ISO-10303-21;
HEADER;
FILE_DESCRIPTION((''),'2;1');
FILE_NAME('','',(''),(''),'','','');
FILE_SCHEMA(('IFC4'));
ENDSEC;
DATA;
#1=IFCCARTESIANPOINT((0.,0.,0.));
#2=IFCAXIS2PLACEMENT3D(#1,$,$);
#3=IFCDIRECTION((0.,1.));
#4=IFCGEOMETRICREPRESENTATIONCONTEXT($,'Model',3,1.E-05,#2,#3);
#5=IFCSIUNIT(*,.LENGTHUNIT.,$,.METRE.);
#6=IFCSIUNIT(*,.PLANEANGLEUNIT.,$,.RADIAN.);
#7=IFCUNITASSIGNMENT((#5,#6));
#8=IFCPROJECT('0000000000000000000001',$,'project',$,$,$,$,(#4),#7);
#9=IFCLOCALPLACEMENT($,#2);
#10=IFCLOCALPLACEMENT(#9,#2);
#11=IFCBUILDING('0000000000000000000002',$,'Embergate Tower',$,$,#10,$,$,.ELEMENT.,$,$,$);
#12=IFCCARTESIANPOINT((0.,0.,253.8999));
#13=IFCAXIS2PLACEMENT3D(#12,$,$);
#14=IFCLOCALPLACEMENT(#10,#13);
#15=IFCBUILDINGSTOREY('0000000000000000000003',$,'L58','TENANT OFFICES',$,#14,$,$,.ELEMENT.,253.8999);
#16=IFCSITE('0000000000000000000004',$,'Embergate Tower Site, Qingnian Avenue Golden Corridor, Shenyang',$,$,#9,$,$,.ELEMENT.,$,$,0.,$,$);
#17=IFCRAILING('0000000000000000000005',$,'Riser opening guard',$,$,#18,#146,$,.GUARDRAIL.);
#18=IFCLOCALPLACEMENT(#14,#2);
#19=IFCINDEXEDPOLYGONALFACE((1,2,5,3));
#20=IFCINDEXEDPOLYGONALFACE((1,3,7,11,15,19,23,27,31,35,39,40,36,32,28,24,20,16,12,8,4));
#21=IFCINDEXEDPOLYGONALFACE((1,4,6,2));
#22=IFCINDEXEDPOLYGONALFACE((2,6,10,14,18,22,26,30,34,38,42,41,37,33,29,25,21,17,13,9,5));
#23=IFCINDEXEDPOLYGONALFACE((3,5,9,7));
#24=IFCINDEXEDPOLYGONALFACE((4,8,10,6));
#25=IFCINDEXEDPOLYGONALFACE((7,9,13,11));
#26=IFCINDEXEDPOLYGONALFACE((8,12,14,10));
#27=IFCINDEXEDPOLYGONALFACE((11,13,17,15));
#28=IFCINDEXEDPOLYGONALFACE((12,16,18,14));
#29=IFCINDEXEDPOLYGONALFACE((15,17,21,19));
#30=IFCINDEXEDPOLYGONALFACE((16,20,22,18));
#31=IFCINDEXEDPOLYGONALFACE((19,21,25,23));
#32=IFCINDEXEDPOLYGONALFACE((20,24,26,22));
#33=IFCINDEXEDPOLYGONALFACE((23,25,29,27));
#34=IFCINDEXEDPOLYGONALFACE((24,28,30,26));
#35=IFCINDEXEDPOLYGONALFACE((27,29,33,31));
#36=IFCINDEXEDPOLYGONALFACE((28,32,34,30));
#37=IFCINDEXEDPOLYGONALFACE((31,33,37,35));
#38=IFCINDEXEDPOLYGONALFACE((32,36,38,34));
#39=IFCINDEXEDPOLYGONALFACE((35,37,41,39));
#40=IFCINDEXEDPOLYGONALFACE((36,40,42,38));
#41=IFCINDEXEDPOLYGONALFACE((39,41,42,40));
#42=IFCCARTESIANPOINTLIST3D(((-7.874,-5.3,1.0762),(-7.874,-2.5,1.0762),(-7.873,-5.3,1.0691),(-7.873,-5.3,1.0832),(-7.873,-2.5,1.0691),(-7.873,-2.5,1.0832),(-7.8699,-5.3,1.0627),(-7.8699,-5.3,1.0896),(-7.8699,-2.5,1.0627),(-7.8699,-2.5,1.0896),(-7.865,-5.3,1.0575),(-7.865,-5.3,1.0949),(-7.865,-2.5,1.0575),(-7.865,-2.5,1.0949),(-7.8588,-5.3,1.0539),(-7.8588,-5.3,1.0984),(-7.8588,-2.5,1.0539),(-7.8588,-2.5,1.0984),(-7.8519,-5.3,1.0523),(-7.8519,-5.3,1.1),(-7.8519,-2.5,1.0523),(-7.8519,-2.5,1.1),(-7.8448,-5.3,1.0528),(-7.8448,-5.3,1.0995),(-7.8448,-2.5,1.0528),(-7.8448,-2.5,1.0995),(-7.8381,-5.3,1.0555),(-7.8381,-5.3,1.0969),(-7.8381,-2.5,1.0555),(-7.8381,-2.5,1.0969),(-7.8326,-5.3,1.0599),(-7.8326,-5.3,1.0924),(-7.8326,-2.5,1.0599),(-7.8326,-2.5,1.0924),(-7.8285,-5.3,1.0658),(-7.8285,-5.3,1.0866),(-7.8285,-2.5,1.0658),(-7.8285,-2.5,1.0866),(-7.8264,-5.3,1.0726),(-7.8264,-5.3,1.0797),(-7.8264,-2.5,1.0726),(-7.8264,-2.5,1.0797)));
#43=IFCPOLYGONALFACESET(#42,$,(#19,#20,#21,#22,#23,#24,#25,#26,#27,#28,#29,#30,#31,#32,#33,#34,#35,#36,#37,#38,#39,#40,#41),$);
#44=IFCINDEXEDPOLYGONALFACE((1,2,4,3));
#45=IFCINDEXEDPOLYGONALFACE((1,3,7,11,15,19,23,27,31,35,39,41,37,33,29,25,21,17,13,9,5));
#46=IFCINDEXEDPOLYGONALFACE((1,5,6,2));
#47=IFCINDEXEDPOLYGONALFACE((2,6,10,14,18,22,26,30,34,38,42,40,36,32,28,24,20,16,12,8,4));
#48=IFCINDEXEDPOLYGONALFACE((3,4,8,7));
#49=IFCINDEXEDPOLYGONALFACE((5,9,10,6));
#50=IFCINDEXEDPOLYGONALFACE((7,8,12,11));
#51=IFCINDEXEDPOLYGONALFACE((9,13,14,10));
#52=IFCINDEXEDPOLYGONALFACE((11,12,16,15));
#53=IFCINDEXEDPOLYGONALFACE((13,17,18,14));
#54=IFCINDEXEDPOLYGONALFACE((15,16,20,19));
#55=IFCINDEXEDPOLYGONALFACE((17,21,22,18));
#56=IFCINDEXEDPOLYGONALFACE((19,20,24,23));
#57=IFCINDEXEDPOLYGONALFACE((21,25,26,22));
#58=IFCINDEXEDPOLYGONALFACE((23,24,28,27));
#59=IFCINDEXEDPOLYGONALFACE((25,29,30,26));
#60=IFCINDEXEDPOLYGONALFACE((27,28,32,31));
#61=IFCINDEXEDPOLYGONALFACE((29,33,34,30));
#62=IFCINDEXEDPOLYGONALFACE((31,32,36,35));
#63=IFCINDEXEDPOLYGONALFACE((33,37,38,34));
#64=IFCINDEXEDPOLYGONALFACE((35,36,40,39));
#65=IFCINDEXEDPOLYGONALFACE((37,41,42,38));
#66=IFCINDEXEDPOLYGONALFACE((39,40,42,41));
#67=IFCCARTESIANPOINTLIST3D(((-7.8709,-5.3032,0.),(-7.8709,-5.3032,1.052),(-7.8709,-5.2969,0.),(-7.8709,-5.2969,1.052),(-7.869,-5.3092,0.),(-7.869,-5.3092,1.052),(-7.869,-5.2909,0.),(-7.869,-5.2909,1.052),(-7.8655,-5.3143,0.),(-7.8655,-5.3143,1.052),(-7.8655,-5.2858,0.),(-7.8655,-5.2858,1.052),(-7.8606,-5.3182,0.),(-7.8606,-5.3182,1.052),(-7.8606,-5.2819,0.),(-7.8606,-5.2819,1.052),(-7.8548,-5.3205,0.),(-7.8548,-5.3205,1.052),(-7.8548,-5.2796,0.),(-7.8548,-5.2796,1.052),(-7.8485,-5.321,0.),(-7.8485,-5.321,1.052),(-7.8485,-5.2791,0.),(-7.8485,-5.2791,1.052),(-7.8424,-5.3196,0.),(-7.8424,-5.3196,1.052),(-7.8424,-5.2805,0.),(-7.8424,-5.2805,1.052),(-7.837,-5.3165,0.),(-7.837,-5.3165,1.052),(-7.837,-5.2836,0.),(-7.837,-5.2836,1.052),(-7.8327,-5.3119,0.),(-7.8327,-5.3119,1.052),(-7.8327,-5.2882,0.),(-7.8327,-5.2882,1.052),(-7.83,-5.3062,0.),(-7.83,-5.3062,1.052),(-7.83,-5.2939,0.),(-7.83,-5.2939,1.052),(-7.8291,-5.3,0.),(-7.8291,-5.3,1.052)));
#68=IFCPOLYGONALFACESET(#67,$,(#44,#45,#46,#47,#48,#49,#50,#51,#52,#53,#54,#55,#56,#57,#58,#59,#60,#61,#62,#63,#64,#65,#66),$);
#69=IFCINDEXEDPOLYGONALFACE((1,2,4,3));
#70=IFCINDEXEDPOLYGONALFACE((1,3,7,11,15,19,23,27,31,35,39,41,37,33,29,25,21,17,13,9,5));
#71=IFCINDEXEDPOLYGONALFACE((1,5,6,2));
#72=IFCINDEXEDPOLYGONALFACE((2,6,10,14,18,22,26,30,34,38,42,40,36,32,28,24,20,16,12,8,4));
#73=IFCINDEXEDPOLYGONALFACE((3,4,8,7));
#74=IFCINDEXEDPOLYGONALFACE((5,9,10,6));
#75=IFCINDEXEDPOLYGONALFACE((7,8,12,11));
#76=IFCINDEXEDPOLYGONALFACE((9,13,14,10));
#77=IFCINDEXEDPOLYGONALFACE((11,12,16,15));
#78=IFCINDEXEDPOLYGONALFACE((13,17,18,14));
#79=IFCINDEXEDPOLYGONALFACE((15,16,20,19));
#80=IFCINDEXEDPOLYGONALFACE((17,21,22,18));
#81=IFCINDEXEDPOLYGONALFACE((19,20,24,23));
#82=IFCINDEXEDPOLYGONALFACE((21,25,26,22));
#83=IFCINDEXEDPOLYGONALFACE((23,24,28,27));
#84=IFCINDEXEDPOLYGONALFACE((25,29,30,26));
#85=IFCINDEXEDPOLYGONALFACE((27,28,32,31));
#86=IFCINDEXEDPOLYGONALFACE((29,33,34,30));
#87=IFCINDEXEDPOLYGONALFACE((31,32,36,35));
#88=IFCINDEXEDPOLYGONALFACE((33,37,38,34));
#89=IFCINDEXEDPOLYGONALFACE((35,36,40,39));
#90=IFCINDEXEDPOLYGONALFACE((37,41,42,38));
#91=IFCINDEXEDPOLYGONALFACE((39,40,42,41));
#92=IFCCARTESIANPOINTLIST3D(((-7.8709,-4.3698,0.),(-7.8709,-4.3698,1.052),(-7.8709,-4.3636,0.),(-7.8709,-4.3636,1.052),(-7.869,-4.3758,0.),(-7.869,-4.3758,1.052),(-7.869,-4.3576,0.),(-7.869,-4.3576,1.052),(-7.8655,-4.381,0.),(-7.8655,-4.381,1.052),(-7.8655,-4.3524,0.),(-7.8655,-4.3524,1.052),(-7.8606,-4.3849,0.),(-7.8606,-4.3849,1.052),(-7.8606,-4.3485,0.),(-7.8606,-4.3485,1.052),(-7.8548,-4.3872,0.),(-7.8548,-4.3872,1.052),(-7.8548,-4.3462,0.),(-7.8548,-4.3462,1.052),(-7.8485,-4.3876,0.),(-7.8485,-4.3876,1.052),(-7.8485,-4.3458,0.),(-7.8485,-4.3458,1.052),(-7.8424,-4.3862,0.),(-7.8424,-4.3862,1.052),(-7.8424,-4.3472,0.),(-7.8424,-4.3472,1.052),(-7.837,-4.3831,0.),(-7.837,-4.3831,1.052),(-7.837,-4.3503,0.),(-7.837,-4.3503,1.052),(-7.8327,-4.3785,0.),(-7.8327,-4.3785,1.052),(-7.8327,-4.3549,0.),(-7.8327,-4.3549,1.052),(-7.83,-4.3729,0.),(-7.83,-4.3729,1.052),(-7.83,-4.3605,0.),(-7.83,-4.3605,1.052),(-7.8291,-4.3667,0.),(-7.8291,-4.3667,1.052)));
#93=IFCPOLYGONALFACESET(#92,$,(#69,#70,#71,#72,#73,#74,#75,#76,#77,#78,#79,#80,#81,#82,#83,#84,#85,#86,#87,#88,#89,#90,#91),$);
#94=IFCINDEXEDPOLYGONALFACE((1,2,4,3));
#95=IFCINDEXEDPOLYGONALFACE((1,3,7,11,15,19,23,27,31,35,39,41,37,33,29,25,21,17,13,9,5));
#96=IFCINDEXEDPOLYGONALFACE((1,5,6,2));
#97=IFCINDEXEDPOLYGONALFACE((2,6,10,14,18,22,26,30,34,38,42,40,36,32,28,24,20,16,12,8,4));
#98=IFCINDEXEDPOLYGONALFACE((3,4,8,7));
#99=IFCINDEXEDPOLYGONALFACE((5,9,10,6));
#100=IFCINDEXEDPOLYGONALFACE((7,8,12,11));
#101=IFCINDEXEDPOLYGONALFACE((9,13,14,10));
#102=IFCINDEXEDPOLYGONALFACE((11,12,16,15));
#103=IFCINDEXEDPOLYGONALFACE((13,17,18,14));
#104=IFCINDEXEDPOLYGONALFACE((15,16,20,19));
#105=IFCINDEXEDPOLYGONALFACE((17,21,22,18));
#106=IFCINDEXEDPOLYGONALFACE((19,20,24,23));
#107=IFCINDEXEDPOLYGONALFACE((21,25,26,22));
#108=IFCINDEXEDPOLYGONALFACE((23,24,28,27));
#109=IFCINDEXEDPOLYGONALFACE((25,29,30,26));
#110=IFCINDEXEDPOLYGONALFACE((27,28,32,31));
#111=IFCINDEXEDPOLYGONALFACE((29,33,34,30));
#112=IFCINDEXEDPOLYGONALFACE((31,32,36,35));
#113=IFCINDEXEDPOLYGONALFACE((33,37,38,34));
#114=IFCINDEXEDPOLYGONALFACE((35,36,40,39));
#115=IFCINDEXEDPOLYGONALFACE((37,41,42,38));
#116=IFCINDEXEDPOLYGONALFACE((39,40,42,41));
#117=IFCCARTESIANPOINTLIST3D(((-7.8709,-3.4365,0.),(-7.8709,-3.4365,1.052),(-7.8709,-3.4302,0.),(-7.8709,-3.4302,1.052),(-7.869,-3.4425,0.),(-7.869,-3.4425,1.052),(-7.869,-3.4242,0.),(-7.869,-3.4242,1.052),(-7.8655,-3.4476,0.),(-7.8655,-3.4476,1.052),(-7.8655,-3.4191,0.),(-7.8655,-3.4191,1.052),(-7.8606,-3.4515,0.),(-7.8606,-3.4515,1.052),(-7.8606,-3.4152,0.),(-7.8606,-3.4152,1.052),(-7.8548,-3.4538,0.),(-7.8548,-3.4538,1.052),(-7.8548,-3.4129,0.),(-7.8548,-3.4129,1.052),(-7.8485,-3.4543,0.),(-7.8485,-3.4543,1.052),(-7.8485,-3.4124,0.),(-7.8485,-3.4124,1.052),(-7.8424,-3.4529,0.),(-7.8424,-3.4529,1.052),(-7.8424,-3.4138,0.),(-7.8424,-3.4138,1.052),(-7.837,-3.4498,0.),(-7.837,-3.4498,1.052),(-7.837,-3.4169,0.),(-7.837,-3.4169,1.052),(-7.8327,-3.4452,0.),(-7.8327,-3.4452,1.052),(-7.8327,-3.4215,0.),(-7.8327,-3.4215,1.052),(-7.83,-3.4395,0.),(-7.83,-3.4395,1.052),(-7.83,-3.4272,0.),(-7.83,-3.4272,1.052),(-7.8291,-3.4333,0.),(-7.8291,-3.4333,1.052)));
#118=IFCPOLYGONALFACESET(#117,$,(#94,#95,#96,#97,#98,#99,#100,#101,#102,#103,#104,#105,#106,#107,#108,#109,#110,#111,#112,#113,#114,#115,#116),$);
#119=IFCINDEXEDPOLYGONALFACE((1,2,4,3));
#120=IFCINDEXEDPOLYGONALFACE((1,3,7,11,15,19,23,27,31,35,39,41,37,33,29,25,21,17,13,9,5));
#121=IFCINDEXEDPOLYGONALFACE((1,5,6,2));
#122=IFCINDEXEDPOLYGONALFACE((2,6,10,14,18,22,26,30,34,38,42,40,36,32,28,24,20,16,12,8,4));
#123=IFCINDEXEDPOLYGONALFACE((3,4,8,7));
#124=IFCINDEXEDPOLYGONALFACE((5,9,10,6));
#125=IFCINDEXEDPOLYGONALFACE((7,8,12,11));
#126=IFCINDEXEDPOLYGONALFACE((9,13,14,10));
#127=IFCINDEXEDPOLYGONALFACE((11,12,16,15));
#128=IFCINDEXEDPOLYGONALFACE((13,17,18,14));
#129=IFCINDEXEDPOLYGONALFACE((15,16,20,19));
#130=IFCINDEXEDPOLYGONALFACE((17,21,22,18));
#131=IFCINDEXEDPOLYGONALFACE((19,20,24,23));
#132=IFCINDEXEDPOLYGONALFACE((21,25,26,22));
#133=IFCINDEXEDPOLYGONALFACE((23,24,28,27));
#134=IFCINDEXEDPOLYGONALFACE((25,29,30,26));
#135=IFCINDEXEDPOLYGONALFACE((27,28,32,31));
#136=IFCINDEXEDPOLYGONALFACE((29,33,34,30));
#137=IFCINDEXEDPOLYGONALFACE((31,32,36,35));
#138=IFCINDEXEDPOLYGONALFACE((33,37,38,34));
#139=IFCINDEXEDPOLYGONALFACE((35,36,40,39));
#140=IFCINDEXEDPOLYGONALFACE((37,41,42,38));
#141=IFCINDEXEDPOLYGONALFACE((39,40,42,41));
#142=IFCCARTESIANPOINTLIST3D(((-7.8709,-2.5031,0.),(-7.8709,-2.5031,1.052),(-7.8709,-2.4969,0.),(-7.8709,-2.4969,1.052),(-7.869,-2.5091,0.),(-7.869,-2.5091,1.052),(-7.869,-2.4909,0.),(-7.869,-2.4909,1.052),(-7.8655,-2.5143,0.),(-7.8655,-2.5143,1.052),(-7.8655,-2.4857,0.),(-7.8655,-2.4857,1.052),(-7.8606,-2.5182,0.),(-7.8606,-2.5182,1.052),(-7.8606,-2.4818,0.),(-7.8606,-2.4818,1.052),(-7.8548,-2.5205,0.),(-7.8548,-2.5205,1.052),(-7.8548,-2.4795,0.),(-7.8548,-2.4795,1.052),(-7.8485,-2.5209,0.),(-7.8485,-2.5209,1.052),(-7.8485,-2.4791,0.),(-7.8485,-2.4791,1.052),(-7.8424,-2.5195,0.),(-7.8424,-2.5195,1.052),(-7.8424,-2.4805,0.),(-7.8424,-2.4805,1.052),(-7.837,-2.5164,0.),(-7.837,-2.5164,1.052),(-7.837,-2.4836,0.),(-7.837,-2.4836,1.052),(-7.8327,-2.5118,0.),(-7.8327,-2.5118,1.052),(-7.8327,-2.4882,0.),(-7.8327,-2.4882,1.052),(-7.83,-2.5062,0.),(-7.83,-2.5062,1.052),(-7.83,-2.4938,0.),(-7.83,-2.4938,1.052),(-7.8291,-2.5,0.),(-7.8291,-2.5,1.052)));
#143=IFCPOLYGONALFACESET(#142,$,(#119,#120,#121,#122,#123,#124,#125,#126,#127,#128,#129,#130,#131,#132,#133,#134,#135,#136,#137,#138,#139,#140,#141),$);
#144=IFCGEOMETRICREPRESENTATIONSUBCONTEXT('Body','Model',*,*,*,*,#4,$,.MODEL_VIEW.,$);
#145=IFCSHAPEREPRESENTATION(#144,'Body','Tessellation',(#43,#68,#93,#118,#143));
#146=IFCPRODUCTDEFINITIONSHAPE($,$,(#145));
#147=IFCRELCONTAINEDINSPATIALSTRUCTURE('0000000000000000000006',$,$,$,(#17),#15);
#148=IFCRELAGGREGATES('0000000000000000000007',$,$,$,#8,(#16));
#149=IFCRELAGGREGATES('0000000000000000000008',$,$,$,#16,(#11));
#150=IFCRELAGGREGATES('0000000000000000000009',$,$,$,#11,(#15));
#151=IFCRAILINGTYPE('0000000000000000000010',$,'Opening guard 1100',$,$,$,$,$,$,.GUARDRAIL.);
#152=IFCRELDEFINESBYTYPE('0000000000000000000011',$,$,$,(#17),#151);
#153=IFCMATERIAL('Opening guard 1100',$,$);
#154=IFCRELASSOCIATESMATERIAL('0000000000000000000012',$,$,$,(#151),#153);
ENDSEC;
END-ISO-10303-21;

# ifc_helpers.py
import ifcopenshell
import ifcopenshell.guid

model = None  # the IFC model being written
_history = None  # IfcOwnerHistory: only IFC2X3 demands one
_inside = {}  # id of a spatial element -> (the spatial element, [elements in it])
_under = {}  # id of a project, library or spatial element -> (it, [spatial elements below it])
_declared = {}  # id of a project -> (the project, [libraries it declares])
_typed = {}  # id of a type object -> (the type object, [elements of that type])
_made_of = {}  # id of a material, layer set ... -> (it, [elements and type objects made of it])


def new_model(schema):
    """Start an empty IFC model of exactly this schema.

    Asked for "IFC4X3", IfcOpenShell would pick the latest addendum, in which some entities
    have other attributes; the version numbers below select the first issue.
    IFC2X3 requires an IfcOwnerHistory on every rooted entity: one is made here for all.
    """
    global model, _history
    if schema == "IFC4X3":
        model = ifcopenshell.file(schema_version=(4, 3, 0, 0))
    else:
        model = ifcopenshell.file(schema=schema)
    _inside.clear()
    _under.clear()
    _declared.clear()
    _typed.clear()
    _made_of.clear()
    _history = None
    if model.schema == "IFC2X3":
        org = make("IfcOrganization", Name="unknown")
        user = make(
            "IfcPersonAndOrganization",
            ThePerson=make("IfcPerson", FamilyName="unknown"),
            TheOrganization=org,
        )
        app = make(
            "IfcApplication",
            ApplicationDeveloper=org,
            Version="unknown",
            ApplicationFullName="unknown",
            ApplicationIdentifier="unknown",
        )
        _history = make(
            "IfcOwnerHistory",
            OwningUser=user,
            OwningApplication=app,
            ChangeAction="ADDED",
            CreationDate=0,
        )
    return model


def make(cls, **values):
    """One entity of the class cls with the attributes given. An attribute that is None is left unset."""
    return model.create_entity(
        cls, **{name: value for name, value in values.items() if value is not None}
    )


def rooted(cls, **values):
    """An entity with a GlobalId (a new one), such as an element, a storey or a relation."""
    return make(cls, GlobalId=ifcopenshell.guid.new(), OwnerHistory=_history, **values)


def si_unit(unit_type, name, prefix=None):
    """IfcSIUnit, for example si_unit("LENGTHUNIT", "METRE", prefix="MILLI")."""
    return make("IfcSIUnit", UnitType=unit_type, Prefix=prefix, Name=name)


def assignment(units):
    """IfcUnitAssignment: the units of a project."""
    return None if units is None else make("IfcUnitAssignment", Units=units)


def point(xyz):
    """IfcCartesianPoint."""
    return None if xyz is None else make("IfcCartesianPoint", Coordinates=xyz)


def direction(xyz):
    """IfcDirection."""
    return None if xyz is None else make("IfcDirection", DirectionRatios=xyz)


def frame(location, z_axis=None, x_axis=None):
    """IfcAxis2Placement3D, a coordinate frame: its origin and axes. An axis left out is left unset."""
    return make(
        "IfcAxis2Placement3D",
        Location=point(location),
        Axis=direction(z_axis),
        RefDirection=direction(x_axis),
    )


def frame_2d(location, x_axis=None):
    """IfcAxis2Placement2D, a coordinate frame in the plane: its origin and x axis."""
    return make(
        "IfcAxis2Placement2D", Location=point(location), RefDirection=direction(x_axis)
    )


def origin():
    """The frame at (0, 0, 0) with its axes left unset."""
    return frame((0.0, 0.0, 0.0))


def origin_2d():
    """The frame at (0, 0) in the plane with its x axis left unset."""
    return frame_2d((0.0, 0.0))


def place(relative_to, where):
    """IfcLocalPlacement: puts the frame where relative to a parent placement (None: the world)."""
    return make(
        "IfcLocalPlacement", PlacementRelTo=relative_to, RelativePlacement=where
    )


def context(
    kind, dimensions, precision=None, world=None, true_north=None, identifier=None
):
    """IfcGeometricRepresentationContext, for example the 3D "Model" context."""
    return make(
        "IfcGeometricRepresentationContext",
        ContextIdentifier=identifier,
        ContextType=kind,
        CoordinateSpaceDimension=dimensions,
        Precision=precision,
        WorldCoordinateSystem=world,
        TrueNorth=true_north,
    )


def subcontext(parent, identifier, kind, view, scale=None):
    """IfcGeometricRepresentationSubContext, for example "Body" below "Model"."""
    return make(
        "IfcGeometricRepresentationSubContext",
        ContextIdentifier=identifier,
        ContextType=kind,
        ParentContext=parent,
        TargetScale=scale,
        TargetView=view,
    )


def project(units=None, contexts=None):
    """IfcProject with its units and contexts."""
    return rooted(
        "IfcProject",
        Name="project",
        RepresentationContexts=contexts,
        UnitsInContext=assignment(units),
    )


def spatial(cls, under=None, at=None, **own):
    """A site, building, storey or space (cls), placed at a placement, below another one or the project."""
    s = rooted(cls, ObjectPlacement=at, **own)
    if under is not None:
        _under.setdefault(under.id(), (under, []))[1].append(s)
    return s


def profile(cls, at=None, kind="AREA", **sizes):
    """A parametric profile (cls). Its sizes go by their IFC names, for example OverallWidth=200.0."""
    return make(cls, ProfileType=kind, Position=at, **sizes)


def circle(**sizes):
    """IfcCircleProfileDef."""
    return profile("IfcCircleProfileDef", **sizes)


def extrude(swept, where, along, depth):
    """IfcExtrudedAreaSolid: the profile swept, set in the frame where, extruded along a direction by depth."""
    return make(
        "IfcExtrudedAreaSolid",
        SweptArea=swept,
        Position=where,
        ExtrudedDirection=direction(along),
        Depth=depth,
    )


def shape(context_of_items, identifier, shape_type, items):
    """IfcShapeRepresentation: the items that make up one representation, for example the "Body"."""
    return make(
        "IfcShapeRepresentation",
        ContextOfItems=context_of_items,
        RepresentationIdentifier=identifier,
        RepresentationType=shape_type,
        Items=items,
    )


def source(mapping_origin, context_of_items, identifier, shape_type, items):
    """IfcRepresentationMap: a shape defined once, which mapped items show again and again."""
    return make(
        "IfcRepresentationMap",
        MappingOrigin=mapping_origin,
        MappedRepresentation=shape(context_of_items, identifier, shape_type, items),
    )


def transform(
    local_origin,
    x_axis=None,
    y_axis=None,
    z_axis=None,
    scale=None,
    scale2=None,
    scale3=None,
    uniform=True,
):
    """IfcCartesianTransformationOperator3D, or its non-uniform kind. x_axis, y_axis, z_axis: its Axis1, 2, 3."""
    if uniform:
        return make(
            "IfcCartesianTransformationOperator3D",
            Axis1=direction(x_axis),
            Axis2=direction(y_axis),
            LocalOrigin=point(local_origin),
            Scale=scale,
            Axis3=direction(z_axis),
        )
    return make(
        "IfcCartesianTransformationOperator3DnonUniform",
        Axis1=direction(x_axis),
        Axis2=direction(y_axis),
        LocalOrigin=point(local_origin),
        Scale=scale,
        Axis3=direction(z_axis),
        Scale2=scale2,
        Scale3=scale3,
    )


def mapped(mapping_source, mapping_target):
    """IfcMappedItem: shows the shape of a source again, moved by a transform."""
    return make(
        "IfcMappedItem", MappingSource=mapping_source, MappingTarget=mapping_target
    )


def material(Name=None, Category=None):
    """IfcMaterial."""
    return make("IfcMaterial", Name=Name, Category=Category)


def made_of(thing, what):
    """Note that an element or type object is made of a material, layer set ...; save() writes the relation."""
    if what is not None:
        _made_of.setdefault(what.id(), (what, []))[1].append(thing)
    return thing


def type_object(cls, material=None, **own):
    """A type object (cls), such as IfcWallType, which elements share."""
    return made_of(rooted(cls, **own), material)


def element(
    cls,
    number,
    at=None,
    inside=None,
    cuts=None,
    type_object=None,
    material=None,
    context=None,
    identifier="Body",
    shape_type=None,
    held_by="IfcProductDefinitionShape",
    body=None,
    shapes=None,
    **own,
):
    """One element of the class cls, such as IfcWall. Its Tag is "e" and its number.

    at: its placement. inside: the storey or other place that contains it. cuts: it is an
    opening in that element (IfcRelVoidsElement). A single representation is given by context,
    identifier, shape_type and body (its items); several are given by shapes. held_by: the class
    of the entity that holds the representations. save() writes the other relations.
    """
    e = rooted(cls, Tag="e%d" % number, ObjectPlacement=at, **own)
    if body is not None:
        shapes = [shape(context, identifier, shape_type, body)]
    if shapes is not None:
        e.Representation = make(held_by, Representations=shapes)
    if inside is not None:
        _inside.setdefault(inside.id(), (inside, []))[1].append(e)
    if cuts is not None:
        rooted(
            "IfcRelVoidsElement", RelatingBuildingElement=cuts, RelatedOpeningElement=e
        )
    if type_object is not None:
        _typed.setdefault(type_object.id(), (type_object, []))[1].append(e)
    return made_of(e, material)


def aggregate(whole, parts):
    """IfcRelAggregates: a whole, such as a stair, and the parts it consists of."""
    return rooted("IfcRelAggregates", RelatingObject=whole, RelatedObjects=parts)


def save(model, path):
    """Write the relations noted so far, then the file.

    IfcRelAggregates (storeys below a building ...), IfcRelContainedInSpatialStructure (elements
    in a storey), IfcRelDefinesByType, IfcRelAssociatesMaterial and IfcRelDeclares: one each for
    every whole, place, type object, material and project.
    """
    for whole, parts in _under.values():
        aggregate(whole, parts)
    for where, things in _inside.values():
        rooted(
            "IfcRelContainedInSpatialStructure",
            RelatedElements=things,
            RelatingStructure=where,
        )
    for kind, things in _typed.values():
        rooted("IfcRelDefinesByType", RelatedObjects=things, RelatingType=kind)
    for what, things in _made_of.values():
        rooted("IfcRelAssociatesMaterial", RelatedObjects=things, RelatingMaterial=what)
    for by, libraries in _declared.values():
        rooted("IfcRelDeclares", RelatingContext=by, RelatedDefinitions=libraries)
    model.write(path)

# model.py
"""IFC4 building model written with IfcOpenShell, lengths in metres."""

from ifc_helpers import new_model, si_unit, direction, frame, origin, origin_2d, place, context, subcontext, project, spatial, circle, extrude, source, transform, mapped, material, type_object, element, save


model = new_model("IFC4")

# Units and contexts
model_context = context("Model", 3, precision=1e-05, world=origin(), true_north=direction((0.0, 1.0)))
body_context = subcontext(model_context, "Body", "Model", "MODEL_VIEW")
ifc_project = project(units=[si_unit("LENGTHUNIT", "METRE"), si_unit("PLANEANGLEUNIT", "RADIAN")], contexts=[model_context])

# Site, building, storey
site_placement = place(None, origin())
site = spatial("IfcSite", under=ifc_project, at=site_placement, Name="Embergate Tower Site, Qingnian Avenue Golden Corridor, Shenyang", CompositionType="ELEMENT", RefElevation=0.0)
building_placement = place(site_placement, origin())
building = spatial("IfcBuilding", under=site, at=building_placement, Name="Embergate Tower", CompositionType="ELEMENT")
storey_placement = place(building_placement, frame((0.0, 0.0, 253.8999)))
storey = spatial("IfcBuildingStorey", under=building, at=storey_placement, Name="L58", Description="TENANT OFFICES", CompositionType="ELEMENT", Elevation=253.8999)

# Railing
ifc_material_1 = material(Name="Opening guard 1100")
railing_type = type_object("IfcRailingType", Name="Opening guard 1100", PredefinedType="GUARDRAIL", material=ifc_material_1)
shared_shape_1 = source(origin(), body_context, "Body", "SweptSolid", [
    extrude(circle(Radius=0.0239, at=origin_2d()), frame((0.0, 0.0, 1.0762), z_axis=(0.0, 1.0, 0.0), x_axis=(-1.0, 0.0, 0.0)), (0.0, 0.0, 1.0), 2.8),
    extrude(circle(Radius=0.021, at=origin_2d()), origin(), (0.0, 0.0, 1.0), 1.052),
    extrude(circle(Radius=0.021, at=origin_2d()), frame((0.0, 0.9333, 0.0)), (0.0, 0.0, 1.0), 1.052),
    extrude(circle(Radius=0.021, at=origin_2d()), frame((0.0, 1.8667, 0.0)), (0.0, 0.0, 1.0), 1.052),
    extrude(circle(Radius=0.021, at=origin_2d()), frame((0.0, 2.8, 0.0)), (0.0, 0.0, 1.0), 1.052),
])
railing_placement = place(storey_placement, frame((-7.8501, -5.3, 0.0)))
element("IfcRailing", 1, at=railing_placement, inside=storey, type_object=railing_type, Name="Riser opening guard", PredefinedType="GUARDRAIL", context=body_context, shape_type="MappedRepresentation", body=[
    mapped(shared_shape_1, transform((0.0, 0.0, 0.0))),
])

save(model, "model.ifc")
